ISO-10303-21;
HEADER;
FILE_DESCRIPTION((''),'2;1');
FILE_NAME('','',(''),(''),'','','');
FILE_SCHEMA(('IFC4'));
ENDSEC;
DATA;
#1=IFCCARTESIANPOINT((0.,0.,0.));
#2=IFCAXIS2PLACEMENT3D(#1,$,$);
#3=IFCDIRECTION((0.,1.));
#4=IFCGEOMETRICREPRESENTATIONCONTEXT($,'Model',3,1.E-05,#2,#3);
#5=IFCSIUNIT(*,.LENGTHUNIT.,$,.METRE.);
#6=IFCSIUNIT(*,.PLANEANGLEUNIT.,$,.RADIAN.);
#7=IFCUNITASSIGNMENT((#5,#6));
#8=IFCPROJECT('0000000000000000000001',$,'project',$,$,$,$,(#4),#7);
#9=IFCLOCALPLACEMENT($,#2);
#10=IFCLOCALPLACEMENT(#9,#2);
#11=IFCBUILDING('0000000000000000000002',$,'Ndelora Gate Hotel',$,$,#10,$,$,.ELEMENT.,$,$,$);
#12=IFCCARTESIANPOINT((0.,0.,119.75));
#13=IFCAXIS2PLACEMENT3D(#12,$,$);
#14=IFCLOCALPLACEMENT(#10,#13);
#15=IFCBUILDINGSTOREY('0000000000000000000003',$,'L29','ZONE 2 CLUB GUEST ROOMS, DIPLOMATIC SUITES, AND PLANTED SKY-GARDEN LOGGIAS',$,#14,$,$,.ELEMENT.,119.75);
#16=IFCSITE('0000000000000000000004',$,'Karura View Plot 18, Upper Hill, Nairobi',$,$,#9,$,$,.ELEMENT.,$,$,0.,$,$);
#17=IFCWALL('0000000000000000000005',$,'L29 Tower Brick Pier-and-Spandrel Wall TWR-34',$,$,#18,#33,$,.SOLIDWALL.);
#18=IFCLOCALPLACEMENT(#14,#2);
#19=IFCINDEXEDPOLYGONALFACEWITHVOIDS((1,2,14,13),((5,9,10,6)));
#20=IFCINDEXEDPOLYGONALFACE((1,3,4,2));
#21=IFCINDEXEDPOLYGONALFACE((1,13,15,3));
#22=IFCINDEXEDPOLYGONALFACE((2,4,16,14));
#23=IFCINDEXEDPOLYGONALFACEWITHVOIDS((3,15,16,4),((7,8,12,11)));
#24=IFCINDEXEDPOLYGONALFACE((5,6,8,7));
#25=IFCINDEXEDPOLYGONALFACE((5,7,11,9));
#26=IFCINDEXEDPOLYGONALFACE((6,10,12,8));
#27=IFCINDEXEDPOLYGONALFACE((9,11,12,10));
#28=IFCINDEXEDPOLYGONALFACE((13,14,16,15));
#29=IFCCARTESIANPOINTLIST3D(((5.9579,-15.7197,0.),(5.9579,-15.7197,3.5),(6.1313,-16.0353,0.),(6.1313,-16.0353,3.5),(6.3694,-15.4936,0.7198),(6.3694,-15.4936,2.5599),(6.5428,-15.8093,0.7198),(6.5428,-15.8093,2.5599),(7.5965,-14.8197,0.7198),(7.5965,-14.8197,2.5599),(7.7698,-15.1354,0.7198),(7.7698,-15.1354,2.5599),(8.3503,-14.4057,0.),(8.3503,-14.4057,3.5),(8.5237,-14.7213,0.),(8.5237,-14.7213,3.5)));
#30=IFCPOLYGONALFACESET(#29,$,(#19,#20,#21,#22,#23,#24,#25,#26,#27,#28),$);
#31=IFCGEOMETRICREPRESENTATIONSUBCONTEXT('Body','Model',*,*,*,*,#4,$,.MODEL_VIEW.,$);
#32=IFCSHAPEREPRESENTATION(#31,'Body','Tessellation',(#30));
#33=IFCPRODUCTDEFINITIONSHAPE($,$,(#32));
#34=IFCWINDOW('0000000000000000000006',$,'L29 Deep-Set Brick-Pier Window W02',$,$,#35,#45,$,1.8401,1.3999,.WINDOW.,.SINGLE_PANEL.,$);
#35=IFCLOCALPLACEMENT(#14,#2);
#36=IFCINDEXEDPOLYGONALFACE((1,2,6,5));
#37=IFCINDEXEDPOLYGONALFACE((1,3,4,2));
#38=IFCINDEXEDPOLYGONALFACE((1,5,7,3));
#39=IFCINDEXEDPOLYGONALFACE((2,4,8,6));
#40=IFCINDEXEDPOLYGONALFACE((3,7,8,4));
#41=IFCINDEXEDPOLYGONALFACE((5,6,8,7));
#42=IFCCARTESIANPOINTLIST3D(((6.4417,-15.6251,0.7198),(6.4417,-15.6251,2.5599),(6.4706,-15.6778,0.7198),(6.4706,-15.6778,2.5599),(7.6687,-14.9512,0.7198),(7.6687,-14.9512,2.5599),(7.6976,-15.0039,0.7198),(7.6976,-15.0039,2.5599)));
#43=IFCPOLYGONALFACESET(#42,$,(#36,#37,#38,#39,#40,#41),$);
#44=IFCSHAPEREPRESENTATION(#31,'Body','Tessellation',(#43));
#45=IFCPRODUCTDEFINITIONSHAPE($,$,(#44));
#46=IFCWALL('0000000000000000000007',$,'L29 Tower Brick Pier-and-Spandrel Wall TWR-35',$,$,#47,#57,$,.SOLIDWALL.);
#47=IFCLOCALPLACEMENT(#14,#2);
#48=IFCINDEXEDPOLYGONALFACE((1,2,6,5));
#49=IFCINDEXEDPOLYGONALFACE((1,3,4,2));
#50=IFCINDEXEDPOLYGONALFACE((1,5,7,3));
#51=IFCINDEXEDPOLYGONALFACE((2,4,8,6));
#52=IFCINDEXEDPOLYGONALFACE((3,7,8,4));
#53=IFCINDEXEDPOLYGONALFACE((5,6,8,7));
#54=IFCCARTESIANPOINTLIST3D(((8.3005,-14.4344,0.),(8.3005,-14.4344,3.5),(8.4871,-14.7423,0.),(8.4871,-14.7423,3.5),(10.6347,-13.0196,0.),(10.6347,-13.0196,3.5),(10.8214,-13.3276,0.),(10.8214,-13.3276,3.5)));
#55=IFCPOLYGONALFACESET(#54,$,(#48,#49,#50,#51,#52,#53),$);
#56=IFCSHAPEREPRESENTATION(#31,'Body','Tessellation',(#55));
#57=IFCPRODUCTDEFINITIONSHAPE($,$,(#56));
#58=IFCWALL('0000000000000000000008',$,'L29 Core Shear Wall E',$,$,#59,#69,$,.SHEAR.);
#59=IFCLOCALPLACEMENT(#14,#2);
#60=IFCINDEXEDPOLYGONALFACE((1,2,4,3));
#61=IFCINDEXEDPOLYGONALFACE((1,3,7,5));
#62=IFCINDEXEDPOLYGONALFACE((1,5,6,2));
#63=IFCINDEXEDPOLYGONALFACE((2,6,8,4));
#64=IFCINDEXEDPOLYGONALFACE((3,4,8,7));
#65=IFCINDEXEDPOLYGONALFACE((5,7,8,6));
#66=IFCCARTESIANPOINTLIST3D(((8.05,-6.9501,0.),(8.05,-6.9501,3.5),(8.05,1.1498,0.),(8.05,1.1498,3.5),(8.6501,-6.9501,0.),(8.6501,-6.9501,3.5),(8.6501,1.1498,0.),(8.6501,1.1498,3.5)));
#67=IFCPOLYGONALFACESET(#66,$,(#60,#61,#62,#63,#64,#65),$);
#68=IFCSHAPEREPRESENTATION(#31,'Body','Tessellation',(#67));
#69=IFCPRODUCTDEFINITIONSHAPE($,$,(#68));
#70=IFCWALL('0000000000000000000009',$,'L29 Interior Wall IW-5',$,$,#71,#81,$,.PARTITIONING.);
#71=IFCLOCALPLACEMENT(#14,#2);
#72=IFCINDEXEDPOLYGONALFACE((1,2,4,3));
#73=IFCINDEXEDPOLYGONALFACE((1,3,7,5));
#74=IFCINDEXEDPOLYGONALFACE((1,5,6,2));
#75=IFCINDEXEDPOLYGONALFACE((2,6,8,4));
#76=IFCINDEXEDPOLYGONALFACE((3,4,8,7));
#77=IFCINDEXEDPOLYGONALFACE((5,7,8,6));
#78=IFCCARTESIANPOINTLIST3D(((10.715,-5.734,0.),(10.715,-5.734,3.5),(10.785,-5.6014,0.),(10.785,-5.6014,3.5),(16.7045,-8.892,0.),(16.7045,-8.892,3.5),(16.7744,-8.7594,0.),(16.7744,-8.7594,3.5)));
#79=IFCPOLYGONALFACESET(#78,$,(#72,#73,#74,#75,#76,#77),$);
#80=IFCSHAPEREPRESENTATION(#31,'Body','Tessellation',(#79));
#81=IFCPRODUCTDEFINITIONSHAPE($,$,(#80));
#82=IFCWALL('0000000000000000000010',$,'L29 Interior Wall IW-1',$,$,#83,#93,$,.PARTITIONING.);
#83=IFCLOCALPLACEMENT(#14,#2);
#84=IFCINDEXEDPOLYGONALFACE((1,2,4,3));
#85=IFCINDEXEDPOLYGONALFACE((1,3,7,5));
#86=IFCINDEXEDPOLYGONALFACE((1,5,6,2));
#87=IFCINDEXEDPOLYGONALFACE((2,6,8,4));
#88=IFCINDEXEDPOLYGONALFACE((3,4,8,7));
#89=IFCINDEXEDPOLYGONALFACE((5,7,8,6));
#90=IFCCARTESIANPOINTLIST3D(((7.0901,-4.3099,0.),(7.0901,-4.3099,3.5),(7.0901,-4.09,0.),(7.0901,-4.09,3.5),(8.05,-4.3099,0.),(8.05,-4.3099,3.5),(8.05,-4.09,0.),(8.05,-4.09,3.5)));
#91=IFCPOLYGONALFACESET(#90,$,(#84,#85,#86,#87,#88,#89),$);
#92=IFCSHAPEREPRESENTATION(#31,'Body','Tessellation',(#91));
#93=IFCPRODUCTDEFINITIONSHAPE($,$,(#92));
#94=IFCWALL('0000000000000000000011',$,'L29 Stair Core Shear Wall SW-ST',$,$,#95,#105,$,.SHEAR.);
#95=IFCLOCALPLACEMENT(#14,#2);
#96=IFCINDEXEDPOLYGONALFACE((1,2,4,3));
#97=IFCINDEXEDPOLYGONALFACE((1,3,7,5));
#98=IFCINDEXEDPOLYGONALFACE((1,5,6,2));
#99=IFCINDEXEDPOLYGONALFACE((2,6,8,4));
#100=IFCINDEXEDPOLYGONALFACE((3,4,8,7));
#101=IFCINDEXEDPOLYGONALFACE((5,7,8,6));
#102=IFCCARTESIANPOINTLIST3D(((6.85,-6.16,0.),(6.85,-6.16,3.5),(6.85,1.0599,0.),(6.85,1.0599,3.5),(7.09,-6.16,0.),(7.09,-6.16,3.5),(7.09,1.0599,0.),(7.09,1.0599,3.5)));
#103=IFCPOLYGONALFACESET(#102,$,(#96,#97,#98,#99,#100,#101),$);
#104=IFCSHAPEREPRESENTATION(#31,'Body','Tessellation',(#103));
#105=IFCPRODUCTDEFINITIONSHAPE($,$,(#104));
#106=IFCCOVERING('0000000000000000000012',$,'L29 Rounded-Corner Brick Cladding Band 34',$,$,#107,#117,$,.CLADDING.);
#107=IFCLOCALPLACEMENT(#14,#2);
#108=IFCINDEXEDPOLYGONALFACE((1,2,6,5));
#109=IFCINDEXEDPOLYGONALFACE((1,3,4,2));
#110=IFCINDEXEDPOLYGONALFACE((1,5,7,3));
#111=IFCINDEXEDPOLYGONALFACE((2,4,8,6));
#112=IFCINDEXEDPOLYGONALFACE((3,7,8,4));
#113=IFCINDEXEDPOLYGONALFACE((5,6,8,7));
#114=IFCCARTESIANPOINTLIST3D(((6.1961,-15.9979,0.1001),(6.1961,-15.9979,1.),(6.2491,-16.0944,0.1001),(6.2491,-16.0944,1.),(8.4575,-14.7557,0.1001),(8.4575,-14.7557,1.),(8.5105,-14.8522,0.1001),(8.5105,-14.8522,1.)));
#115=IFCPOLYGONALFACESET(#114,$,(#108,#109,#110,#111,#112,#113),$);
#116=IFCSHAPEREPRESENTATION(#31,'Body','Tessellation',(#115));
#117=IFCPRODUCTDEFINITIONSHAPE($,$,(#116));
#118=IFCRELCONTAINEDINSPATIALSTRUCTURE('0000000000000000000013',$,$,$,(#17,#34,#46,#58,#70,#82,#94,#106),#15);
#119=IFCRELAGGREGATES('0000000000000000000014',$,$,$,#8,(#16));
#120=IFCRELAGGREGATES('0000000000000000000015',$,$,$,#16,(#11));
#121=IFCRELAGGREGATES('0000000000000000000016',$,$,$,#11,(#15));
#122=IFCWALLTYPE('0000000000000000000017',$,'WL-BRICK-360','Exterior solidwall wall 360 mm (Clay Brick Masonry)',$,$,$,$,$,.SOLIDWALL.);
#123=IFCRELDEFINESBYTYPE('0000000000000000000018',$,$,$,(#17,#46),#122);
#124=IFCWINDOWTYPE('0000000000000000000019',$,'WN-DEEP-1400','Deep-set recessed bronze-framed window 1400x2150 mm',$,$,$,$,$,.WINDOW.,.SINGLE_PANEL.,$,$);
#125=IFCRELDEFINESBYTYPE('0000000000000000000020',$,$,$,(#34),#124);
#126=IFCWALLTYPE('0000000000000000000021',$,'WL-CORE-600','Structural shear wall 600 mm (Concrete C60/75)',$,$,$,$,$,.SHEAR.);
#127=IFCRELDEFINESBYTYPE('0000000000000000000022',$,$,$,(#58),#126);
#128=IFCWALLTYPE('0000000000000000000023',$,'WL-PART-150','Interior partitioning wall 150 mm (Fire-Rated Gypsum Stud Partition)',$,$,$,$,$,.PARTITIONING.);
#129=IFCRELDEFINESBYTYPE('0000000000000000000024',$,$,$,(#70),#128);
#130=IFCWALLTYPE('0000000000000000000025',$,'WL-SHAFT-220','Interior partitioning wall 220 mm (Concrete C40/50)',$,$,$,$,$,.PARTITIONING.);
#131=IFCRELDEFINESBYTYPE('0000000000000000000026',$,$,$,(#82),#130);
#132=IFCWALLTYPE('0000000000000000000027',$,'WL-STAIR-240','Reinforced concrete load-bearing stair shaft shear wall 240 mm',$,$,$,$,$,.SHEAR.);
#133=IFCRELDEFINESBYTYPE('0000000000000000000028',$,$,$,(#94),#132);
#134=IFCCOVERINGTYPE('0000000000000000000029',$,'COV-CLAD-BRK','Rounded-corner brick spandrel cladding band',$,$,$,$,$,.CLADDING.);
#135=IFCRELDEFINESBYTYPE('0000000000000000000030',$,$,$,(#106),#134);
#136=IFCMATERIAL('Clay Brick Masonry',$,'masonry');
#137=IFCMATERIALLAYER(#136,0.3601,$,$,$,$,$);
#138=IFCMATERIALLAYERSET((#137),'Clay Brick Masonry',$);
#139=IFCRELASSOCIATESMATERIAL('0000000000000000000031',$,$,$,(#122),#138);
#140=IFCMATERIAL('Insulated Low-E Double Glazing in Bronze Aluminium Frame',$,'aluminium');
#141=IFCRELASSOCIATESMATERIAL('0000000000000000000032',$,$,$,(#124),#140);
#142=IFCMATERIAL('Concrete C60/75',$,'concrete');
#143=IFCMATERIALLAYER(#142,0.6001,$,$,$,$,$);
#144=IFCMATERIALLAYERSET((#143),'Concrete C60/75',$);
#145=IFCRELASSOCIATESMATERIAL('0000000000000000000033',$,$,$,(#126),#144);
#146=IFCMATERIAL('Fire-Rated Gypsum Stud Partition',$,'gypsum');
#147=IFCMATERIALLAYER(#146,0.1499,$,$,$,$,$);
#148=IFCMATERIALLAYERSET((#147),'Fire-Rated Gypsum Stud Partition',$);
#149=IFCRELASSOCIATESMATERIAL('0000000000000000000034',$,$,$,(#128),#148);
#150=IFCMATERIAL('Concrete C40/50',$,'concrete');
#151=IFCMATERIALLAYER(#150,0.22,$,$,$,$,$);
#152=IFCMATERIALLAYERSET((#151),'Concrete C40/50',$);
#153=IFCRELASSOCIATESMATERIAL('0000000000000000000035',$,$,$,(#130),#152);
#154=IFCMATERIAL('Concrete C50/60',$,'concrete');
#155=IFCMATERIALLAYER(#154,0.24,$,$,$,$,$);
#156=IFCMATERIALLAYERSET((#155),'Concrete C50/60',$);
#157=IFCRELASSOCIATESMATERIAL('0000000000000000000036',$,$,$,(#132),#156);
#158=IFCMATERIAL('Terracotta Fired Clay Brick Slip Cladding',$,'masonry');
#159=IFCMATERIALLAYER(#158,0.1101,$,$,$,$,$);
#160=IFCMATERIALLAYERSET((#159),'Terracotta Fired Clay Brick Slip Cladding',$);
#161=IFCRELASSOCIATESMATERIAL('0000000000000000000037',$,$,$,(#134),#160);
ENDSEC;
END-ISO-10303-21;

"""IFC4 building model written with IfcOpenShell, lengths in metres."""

from ifc_helpers import new_model, si_unit, direction, frame, frame_2d, origin, origin_2d, place, context, subcontext, project, spatial, rectangle, extrude, material, layer, layer_set, type_object, element, fill, save


model = new_model("IFC4")

# Units and contexts
model_context = context("Model", 3, precision=1e-05, world=origin(), true_north=direction((0.0, 1.0)))
body_context = subcontext(model_context, "Body", "Model", "MODEL_VIEW")
ifc_project = project(units=[si_unit("LENGTHUNIT", "METRE"), si_unit("PLANEANGLEUNIT", "RADIAN")], contexts=[model_context])

# Site, building, storey
site_placement = place(None, origin())
site = spatial("IfcSite", under=ifc_project, at=site_placement, Name="Karura View Plot 18, Upper Hill, Nairobi", CompositionType="ELEMENT", RefElevation=0.0)
building_placement = place(site_placement, origin())
building = spatial("IfcBuilding", under=site, at=building_placement, Name="Ndelora Gate Hotel", CompositionType="ELEMENT")
storey_placement = place(building_placement, frame((0.0, 0.0, 119.75)))
storey = spatial("IfcBuildingStorey", under=building, at=storey_placement, Name="L29", Description="ZONE 2 CLUB GUEST ROOMS, DIPLOMATIC SUITES, AND PLANTED SKY-GARDEN LOGGIAS", CompositionType="ELEMENT", Elevation=119.75)

# Shared definitions
ifc_material_1 = material(Name="Concrete C60/75", Category="concrete")

# Wall, opening, window
ifc_material_2 = material(Name="Clay Brick Masonry", Category="masonry")
ifc_layer_1 = layer(ifc_material_2, 0.3601)
ifc_layer_set_1 = layer_set([ifc_layer_1], Name="Clay Brick Masonry")
wall_type_1 = type_object("IfcWallType", Name="WL-BRICK-360", Description="Exterior solidwall wall 360 mm (Clay Brick Masonry)", PredefinedType="SOLIDWALL", material=ifc_layer_set_1)
wall_1_placement = place(storey_placement, frame((8.437, -14.5635, 0.0), z_axis=(0.0, 0.0, 1.0), x_axis=(-0.876497, -0.481407, 0.0)))
wall_1 = element("IfcWall", 1, at=wall_1_placement, inside=storey, type_object=wall_type_1, Name="L29 Tower Brick Pier-and-Spandrel Wall TWR-34", PredefinedType="SOLIDWALL", context=body_context, shape_type="SweptSolid", body=[
    extrude(rectangle(XDim=2.7295, YDim=0.3601, at=frame_2d((1.3647, 0.0))), origin(), (0.0, 0.0, 1.0), 3.5),
])
opening_1_placement = place(wall_1_placement, frame((0.8601, 0.0, 0.72)))
opening_1 = element("IfcOpeningElement", 2, at=opening_1_placement, cuts=wall_1, PredefinedType="OPENING", context=body_context, shape_type="SweptSolid", body=[
    extrude(rectangle(XDim=1.3999, YDim=1.8401, at=frame_2d((0.7, 0.9199))), frame((0.0, 0.1899, 0.0), z_axis=(0.0, -1.0, 0.0), x_axis=(1.0, 0.0, 0.0)), (0.0, 0.0, 1.0), 0.3801),
])
ifc_material_3 = material(Name="Insulated Low-E Double Glazing in Bronze Aluminium Frame", Category="aluminium")
window_type = type_object("IfcWindowType", Name="WN-DEEP-1400", Description="Deep-set recessed bronze-framed window 1400x2150 mm", PartitioningType="SINGLE_PANEL", PredefinedType="WINDOW", material=ifc_material_3)
window_placement = place(opening_1_placement, origin())
window = element("IfcWindow", 3, at=window_placement, inside=storey, type_object=window_type, Name="L29 Deep-Set Brick-Pier Window W02", OverallHeight=1.8401, OverallWidth=1.3999, PartitioningType="SINGLE_PANEL", PredefinedType="WINDOW", context=body_context, shape_type="SweptSolid", body=[
    extrude(rectangle(XDim=1.3999, YDim=1.8401, at=frame_2d((0.7, 0.9199))), frame((0.0, 0.03, 0.0), z_axis=(0.0, -1.0, 0.0), x_axis=(1.0, 0.0, 0.0)), (0.0, 0.0, 1.0), 0.0601),
])
fill(opening_1, window)

# Walls
wall_2_placement = place(storey_placement, frame((10.728, -13.1736, 0.0), z_axis=(0.0, 0.0, 1.0), x_axis=(-0.85518, -0.518331, 0.0)))
element("IfcWall", 4, at=wall_2_placement, inside=storey, type_object=wall_type_1, Name="L29 Tower Brick Pier-and-Spandrel Wall TWR-35", PredefinedType="SOLIDWALL", context=body_context, shape_type="SweptSolid", body=[
    extrude(rectangle(XDim=2.7295, YDim=0.3601, at=frame_2d((1.3647, 0.0))), origin(), (0.0, 0.0, 1.0), 3.5),
])
ifc_layer_2 = layer(ifc_material_1, 0.6001)
ifc_layer_set_2 = layer_set([ifc_layer_2], Name="Concrete C60/75")
wall_type_2 = type_object("IfcWallType", Name="WL-CORE-600", Description="Structural shear wall 600 mm (Concrete C60/75)", PredefinedType="SHEAR", material=ifc_layer_set_2)
wall_3_placement = place(storey_placement, frame((8.3501, -6.95, 0.0), z_axis=(0.0, 0.0, 1.0), x_axis=(0.0, 1.0, 0.0)))
element("IfcWall", 5, at=wall_3_placement, inside=storey, type_object=wall_type_2, Name="L29 Core Shear Wall E", PredefinedType="SHEAR", context=body_context, shape_type="SweptSolid", body=[
    extrude(rectangle(XDim=8.0999, YDim=0.6001, at=frame_2d((4.0498, 0.0))), origin(), (0.0, 0.0, 1.0), 3.5),
])

# Shared definitions
ifc_material_4 = material(Name="Fire-Rated Gypsum Stud Partition", Category="gypsum")
ifc_layer_3 = layer(ifc_material_4, 0.1499)
ifc_layer_set_3 = layer_set([ifc_layer_3], Name="Fire-Rated Gypsum Stud Partition")
wall_type_3 = type_object("IfcWallType", Name="WL-PART-150", Description="Interior partitioning wall 150 mm (Fire-Rated Gypsum Stud Partition)", PredefinedType="PARTITIONING", material=ifc_layer_set_3)

# Walls
wall_4_placement = place(storey_placement, frame((10.75, -5.6677, 0.0), z_axis=(0.0, 0.0, 1.0), x_axis=(0.884578, -0.466393, 0.0)))
element("IfcWall", 6, at=wall_4_placement, inside=storey, type_object=wall_type_3, Name="L29 Interior Wall IW-5", PredefinedType="PARTITIONING", context=body_context, shape_type="SweptSolid", body=[
    extrude(rectangle(XDim=6.771, YDim=0.1499, at=frame_2d((3.3855, 0.0))), origin(), (0.0, 0.0, 1.0), 3.5),
])
ifc_material_5 = material(Name="Concrete C40/50", Category="concrete")
ifc_layer_4 = layer(ifc_material_5, 0.22)
ifc_layer_set_4 = layer_set([ifc_layer_4], Name="Concrete C40/50")
wall_type_4 = type_object("IfcWallType", Name="WL-SHAFT-220", Description="Interior partitioning wall 220 mm (Concrete C40/50)", PredefinedType="PARTITIONING", material=ifc_layer_set_4)
wall_5_placement = place(storey_placement, frame((7.0901, -4.2, 0.0), z_axis=(0.0, 0.0, 1.0), x_axis=(1.0, 0.0, 0.0)))
element("IfcWall", 7, at=wall_5_placement, inside=storey, type_object=wall_type_4, Name="L29 Interior Wall IW-1", PredefinedType="PARTITIONING", context=body_context, shape_type="SweptSolid", body=[
    extrude(rectangle(XDim=0.96, YDim=0.22, at=frame_2d((0.48, 0.0))), origin(), (0.0, 0.0, 1.0), 3.5),
])
ifc_material_6 = material(Name="Concrete C50/60", Category="concrete")
ifc_layer_5 = layer(ifc_material_6, 0.24)
ifc_layer_set_5 = layer_set([ifc_layer_5], Name="Concrete C50/60")
wall_type_5 = type_object("IfcWallType", Name="WL-STAIR-240", Description="Reinforced concrete load-bearing stair shaft shear wall 240 mm", PredefinedType="SHEAR", material=ifc_layer_set_5)
wall_6_placement = place(storey_placement, frame((6.97, -6.1599, 0.0), z_axis=(0.0, 0.0, 1.0), x_axis=(0.0, 1.0, 0.0)))
element("IfcWall", 8, at=wall_6_placement, inside=storey, type_object=wall_type_5, Name="L29 Stair Core Shear Wall SW-ST", PredefinedType="SHEAR", context=body_context, shape_type="SweptSolid", body=[
    extrude(rectangle(XDim=7.22, YDim=0.24, at=frame_2d((3.6099, 0.0))), origin(), (0.0, 0.0, 1.0), 3.5),
])

# Covering
ifc_material_7 = material(Name="Terracotta Fired Clay Brick Slip Cladding", Category="masonry")
ifc_layer_6 = layer(ifc_material_7, 0.1101)
ifc_layer_set_6 = layer_set([ifc_layer_6], Name="Terracotta Fired Clay Brick Slip Cladding")
covering_type = type_object("IfcCoveringType", Name="COV-CLAD-BRK", Description="Rounded-corner brick spandrel cladding band", PredefinedType="CLADDING", material=ifc_layer_set_6)
covering_placement = place(storey_placement, frame((7.3533, -15.425, 0.1001), z_axis=(0.0, 0.0, 1.0), x_axis=(0.876475, 0.481448, 0.0)))
element("IfcCovering", 9, at=covering_placement, inside=storey, type_object=covering_type, Name="L29 Rounded-Corner Brick Cladding Band 34", PredefinedType="CLADDING", context=body_context, shape_type="SweptSolid", body=[
    extrude(rectangle(XDim=2.5801, YDim=0.1101, at=origin_2d()), origin(), (0.0, 0.0, 1.0), 0.8999),
])

save(model, "model.ifc")
